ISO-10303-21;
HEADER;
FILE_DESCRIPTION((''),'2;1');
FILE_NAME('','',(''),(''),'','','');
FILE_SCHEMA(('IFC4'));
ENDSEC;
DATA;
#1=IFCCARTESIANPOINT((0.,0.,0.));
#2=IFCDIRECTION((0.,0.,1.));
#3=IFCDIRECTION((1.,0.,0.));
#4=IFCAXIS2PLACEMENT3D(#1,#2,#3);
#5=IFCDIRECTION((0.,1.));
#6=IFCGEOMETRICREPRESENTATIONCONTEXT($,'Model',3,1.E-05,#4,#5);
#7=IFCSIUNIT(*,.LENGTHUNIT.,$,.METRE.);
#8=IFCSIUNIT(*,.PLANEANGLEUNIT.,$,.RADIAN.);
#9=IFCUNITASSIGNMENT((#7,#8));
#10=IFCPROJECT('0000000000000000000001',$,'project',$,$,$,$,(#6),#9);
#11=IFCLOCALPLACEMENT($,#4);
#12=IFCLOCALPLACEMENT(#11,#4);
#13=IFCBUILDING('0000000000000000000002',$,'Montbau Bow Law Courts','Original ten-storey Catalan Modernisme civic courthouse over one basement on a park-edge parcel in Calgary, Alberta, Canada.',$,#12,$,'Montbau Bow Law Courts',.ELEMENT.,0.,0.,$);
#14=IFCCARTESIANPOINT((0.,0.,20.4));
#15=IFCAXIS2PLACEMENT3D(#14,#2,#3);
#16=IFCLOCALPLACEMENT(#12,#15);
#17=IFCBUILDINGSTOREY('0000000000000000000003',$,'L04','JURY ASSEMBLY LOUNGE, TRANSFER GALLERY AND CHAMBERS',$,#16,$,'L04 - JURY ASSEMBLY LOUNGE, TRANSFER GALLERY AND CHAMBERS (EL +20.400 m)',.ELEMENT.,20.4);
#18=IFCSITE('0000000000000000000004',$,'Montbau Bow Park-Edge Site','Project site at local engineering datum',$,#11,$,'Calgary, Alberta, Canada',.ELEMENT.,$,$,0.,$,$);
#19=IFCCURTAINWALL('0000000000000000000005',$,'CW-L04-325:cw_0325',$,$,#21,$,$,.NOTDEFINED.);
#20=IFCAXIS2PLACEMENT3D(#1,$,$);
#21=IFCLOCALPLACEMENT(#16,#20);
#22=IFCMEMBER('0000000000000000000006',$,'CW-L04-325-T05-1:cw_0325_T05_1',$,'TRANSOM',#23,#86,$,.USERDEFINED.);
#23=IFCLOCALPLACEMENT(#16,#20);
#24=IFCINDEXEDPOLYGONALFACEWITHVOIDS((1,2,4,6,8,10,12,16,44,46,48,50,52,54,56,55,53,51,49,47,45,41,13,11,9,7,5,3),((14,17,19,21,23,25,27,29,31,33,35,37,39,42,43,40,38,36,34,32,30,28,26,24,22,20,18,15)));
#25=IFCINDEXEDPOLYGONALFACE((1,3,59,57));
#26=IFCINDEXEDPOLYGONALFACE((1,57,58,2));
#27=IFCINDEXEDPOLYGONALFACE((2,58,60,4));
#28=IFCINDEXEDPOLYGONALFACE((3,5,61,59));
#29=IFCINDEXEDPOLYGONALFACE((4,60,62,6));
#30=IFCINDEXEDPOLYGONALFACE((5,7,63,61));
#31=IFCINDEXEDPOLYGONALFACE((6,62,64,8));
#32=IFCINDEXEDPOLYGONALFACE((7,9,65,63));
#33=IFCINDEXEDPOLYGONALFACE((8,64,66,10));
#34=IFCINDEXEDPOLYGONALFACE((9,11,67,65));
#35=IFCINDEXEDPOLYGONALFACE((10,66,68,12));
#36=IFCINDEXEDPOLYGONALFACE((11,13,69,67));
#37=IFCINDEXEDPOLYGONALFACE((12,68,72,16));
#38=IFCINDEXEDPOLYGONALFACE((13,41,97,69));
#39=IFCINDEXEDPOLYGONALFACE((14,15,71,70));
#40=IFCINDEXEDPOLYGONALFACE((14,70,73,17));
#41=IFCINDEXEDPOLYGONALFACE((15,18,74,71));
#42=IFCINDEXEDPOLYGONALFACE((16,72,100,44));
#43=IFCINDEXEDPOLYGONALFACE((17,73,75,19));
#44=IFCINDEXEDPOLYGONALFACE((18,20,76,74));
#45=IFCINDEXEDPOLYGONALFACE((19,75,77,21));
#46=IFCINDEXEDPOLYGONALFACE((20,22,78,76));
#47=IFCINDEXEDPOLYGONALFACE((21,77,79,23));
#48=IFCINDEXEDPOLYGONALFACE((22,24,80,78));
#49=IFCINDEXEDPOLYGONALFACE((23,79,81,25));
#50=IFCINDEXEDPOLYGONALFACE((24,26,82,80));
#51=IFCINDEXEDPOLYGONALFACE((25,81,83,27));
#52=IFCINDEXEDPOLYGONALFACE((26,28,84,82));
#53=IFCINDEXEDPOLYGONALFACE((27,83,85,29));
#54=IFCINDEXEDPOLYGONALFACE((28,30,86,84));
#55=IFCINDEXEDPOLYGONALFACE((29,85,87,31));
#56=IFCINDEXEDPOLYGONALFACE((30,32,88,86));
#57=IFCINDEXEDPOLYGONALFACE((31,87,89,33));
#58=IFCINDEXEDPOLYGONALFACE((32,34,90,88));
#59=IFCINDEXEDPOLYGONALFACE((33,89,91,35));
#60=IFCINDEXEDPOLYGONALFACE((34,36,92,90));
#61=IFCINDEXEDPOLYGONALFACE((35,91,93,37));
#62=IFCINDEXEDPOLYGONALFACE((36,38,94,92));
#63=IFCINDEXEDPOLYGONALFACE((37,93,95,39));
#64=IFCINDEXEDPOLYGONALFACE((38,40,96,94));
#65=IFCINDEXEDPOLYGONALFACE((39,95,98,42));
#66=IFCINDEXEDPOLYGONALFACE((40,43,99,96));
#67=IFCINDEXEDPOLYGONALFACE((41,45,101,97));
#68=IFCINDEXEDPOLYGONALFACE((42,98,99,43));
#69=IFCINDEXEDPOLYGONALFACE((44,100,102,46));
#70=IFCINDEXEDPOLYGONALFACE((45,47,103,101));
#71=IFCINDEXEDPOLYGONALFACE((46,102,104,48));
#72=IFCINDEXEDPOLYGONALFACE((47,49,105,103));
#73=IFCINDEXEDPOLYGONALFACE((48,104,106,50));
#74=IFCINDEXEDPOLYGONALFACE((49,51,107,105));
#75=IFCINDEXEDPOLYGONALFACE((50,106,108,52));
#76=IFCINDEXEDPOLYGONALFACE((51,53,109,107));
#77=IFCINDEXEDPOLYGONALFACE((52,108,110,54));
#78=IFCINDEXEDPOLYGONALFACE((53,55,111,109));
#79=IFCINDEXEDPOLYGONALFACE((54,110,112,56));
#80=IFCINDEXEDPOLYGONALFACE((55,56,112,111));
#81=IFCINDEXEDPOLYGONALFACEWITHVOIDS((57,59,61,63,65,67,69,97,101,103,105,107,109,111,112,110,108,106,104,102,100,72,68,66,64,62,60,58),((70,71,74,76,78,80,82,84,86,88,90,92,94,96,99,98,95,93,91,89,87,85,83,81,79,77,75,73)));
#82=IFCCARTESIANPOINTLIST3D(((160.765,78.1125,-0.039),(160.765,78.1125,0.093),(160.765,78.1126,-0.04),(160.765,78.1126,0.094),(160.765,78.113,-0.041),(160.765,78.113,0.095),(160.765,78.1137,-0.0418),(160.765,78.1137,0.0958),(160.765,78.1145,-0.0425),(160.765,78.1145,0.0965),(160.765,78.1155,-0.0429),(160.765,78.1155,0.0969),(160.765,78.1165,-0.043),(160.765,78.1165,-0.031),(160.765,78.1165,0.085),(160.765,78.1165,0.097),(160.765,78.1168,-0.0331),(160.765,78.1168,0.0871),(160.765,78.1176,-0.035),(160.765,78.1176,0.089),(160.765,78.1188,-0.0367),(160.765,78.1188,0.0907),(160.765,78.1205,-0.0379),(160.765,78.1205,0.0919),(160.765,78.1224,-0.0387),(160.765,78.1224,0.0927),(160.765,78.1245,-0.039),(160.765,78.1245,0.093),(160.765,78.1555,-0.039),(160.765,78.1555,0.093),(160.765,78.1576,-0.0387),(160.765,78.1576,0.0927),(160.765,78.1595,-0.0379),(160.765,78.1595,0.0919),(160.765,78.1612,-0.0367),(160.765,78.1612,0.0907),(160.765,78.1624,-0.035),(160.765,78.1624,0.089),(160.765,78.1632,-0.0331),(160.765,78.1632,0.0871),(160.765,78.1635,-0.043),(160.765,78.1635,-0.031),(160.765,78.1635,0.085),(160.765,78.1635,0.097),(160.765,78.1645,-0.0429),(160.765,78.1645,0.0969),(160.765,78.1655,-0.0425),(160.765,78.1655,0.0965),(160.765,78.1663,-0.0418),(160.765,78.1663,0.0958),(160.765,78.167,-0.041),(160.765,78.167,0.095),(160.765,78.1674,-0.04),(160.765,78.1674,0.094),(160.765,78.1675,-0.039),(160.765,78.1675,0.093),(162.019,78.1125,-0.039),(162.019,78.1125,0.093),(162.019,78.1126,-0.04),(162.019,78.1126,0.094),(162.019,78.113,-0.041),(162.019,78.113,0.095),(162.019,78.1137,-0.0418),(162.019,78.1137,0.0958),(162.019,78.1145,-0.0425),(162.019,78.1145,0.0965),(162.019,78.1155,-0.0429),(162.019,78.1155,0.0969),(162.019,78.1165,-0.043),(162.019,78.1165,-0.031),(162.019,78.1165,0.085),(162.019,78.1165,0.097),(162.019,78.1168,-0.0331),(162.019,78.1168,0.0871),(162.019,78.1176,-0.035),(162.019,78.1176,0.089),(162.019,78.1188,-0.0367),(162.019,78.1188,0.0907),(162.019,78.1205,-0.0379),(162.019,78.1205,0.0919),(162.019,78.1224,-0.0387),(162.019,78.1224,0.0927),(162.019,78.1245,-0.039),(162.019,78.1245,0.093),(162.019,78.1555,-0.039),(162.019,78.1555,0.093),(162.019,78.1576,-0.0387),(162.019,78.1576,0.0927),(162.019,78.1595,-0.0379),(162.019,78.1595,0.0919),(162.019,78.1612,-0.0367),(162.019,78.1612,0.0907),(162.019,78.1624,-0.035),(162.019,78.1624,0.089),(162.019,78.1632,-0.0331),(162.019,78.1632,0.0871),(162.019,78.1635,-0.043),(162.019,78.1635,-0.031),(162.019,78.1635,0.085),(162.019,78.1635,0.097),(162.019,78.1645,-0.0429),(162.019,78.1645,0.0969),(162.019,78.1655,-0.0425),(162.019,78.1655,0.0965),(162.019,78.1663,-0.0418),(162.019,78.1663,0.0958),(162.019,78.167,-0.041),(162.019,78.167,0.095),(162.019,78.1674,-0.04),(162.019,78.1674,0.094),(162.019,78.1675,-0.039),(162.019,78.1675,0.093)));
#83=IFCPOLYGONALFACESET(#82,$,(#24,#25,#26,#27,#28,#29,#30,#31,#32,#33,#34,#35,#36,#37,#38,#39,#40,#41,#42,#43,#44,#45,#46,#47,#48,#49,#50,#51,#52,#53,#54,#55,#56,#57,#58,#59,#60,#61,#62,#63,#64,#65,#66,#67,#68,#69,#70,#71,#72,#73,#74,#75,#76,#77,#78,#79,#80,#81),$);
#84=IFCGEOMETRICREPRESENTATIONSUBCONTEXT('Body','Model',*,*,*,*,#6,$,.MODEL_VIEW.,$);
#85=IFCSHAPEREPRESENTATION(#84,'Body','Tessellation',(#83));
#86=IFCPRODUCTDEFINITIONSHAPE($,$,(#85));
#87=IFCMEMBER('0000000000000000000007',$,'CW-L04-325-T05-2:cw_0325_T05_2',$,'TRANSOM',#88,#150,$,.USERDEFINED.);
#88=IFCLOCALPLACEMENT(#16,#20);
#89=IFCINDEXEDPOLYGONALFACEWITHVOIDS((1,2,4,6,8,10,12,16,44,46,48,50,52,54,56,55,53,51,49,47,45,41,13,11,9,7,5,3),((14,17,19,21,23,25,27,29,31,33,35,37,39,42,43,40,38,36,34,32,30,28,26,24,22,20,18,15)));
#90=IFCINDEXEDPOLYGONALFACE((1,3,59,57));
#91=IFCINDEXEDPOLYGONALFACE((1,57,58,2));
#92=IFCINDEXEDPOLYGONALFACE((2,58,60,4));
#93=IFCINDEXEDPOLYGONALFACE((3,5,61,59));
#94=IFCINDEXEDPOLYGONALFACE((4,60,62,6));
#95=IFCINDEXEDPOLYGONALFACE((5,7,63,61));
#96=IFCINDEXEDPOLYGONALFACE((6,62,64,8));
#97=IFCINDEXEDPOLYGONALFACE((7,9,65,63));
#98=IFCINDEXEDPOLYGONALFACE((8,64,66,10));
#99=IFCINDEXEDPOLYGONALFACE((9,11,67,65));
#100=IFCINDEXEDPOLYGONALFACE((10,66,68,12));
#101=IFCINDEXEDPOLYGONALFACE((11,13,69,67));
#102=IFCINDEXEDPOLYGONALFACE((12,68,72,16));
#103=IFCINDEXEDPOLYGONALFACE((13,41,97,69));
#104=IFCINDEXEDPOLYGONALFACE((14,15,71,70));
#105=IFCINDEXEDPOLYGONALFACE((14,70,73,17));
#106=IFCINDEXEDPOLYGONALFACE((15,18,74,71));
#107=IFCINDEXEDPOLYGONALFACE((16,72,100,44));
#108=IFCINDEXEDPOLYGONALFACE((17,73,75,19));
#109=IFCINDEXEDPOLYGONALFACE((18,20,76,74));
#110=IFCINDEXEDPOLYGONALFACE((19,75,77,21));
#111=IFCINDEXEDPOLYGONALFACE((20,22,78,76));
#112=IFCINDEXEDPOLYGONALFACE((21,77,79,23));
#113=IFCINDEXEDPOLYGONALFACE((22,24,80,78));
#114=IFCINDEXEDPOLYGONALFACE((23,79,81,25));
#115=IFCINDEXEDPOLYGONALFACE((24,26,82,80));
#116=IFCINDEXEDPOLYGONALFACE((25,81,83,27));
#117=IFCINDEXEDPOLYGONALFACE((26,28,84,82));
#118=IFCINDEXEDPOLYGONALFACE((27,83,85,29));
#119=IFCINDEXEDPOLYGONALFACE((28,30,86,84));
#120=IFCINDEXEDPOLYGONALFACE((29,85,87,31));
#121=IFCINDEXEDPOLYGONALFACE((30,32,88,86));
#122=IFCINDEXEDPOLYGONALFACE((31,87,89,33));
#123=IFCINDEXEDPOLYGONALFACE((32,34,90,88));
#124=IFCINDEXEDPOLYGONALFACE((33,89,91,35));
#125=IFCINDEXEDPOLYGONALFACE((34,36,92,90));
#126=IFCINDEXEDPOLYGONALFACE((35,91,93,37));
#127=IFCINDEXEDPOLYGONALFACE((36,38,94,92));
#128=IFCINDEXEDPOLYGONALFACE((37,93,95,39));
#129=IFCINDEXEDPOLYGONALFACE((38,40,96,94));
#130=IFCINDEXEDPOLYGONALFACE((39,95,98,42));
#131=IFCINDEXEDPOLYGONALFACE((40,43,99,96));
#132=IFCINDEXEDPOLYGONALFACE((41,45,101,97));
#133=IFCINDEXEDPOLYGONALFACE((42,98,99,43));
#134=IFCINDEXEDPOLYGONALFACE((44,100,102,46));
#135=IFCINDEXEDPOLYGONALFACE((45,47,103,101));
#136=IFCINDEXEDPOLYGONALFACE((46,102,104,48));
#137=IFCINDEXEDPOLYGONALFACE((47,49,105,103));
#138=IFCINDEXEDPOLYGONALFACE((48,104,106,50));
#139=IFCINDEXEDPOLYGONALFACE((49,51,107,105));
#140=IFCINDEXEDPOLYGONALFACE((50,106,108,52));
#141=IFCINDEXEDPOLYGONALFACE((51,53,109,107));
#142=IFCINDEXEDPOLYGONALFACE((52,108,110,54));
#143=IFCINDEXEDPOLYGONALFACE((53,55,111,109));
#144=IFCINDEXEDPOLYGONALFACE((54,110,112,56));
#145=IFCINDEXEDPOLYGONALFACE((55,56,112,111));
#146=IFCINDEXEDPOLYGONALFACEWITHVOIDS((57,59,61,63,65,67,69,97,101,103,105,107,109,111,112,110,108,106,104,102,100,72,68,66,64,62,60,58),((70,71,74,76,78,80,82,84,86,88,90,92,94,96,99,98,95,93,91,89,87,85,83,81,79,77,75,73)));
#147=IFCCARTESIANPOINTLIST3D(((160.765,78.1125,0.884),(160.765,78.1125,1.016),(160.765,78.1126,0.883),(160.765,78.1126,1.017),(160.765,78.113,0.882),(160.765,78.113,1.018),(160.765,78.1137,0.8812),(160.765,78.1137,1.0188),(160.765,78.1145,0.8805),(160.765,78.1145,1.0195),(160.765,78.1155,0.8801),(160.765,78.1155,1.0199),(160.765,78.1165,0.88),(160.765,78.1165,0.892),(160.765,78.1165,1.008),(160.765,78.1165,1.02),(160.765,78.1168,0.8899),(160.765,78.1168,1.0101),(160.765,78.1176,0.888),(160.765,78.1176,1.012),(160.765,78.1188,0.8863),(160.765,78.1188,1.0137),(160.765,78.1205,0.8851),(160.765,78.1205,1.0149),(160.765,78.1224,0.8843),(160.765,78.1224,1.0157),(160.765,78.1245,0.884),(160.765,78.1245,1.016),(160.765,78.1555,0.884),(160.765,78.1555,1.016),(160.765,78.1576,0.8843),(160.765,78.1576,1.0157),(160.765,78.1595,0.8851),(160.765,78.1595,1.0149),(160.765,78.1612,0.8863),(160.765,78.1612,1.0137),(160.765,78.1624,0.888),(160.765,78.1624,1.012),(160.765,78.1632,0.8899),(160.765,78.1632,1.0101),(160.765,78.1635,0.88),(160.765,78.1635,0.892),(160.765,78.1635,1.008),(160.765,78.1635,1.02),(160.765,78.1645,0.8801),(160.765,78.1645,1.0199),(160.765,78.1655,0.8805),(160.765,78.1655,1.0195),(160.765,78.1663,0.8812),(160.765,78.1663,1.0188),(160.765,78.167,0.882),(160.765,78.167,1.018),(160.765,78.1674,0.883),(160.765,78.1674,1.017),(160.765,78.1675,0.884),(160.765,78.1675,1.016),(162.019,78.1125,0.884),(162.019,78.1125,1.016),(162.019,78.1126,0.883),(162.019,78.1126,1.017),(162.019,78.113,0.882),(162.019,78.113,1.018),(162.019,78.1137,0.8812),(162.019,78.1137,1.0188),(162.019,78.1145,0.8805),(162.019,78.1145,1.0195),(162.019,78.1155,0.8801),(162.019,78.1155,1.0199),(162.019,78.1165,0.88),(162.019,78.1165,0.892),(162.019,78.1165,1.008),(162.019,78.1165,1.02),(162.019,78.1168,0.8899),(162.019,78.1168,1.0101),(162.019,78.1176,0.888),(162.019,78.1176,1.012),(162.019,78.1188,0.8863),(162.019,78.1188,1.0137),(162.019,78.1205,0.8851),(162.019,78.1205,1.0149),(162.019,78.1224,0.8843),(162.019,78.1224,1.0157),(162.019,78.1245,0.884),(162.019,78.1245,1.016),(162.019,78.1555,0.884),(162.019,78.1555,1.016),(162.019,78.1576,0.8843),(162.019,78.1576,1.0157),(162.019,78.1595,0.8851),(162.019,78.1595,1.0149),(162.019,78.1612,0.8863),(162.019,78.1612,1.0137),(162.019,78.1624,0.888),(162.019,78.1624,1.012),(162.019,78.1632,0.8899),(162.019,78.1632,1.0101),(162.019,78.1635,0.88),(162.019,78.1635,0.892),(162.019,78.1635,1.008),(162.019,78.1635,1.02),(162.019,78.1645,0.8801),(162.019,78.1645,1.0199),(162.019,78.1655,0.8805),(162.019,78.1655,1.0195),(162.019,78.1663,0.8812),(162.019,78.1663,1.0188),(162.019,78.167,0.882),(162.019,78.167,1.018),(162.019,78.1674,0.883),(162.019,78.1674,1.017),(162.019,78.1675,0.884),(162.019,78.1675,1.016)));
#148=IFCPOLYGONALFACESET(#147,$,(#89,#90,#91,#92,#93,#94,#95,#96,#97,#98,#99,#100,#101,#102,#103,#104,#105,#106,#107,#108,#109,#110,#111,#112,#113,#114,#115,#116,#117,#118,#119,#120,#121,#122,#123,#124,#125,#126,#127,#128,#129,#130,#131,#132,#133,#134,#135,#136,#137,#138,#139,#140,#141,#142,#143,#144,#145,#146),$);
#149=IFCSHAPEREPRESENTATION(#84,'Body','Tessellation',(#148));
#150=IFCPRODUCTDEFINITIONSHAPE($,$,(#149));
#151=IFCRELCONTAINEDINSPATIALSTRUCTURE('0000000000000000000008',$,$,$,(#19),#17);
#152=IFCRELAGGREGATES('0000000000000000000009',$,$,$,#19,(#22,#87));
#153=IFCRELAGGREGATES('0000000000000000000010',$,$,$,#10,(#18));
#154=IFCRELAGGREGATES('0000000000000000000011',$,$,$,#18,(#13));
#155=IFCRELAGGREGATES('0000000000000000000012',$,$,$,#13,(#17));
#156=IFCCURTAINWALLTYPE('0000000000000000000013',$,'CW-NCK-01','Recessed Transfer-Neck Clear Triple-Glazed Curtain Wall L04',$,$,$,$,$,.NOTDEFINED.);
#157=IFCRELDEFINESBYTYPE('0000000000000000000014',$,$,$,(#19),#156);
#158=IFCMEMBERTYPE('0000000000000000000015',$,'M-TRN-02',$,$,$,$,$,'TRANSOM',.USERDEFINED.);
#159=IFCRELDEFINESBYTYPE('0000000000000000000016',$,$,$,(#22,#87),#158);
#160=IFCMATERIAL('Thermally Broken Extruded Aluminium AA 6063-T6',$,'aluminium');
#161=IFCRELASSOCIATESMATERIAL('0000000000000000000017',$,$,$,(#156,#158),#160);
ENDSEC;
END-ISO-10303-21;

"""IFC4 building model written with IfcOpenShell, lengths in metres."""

from ifc_helpers import new_model, si_unit, direction, frame, origin_with_axes, origin_2d_with_axis, place, context, subcontext, project, spatial, hollow_rectangle, extrude, material, material_profile, profile_set, type_object, element, aggregate, save


model = new_model("IFC4")

# Units and contexts
model_context = context("Model", 3, precision=1e-05, world=origin_with_axes(), true_north=direction((0.0, 1.0)))
body_context = subcontext(model_context, "Body", "Model", "MODEL_VIEW")
ifc_project = project(units=[si_unit("LENGTHUNIT", "METRE"), si_unit("PLANEANGLEUNIT", "RADIAN")], contexts=[model_context])

# Site, building, storey
site_placement = place(None, origin_with_axes())
site = spatial("IfcSite", under=ifc_project, at=site_placement, Name="Montbau Bow Park-Edge Site", Description="Project site at local engineering datum", LongName="Calgary, Alberta, Canada", CompositionType="ELEMENT", RefElevation=0.0)
building_placement = place(site_placement, origin_with_axes())
building = spatial("IfcBuilding", under=site, at=building_placement, Name="Montbau Bow Law Courts", Description="Original ten-storey Catalan Modernisme civic courthouse over one basement on a park-edge parcel in Calgary, Alberta, Canada.", LongName="Montbau Bow Law Courts", CompositionType="ELEMENT", ElevationOfRefHeight=0.0, ElevationOfTerrain=0.0)
storey_placement = place(building_placement, frame((0.0, 0.0, 20.4), z_axis=(0.0, 0.0, 1.0), x_axis=(1.0, 0.0, 0.0)))
storey = spatial("IfcBuildingStorey", under=building, at=storey_placement, Name="L04", Description="JURY ASSEMBLY LOUNGE, TRANSFER GALLERY AND CHAMBERS", LongName="L04 - JURY ASSEMBLY LOUNGE, TRANSFER GALLERY AND CHAMBERS (EL +20.400 m)", CompositionType="ELEMENT", Elevation=20.4)

# Curtain wall
ifc_material_1 = material(Name="Thermally Broken Extruded Aluminium AA 6063-T6", Category="aluminium")
curtain_wall_type = type_object("IfcCurtainWallType", Name="CW-NCK-01", Description="Recessed Transfer-Neck Clear Triple-Glazed Curtain Wall L04", PredefinedType="NOTDEFINED", material=ifc_material_1)
curtain_wall_1_placement = place(None, frame((155.315, 78.14, 20.4), z_axis=(0.0, 0.0, 1.0), x_axis=(1.0, 0.0, 0.0)))
curtain_wall_1 = element("IfcCurtainWall", 1, at=curtain_wall_1_placement, inside=storey, type_object=curtain_wall_type, Name="CW-L04-325:cw_0325", PredefinedType="NOTDEFINED")

# Members
ifc_material_profile_1 = material_profile(ifc_material_1, hollow_rectangle(XDim=0.055, YDim=0.14, WallThickness=0.004, InnerFilletRadius=0.008, OuterFilletRadius=0.004, at=origin_2d_with_axis()), Name="CWT-140X55", Category="Main", Priority=0)
ifc_profile_set_1 = profile_set([ifc_material_profile_1], Name="Thermally Broken Extruded Aluminium AA 6063-T6")
member_type_1 = type_object("IfcMemberType", Name="M-TRN-02", ElementType="TRANSOM", PredefinedType="USERDEFINED", material=ifc_profile_set_1)
member_1_placement = place(None, frame((160.765, 78.14, 20.427), z_axis=(1.0, 0.0, 0.0), x_axis=(0.0, 1.0, 0.0)))
member_1 = element("IfcMember", 2, at=member_1_placement, type_object=member_type_1, Name="CW-L04-325-T05-1:cw_0325_T05_1", ObjectType="TRANSOM", PredefinedType="USERDEFINED", context=body_context, shape_type="SweptSolid", body=[
    extrude(hollow_rectangle(XDim=0.055, YDim=0.14, WallThickness=0.004, InnerFilletRadius=0.008, OuterFilletRadius=0.004, at=origin_2d_with_axis()), origin_with_axes(), (0.0, 0.0, 1.0), 1.254),
])
member_2_placement = place(None, frame((160.765, 78.14, 21.35), z_axis=(1.0, 0.0, 0.0), x_axis=(0.0, 1.0, 0.0)))
member_2 = element("IfcMember", 3, at=member_2_placement, type_object=member_type_1, Name="CW-L04-325-T05-2:cw_0325_T05_2", ObjectType="TRANSOM", PredefinedType="USERDEFINED", context=body_context, shape_type="SweptSolid", body=[
    extrude(hollow_rectangle(XDim=0.055, YDim=0.14, WallThickness=0.004, InnerFilletRadius=0.008, OuterFilletRadius=0.004, at=origin_2d_with_axis()), origin_with_axes(), (0.0, 0.0, 1.0), 1.254),
])

aggregate(curtain_wall_1, [member_1, member_2])

save(model, "model.ifc")
